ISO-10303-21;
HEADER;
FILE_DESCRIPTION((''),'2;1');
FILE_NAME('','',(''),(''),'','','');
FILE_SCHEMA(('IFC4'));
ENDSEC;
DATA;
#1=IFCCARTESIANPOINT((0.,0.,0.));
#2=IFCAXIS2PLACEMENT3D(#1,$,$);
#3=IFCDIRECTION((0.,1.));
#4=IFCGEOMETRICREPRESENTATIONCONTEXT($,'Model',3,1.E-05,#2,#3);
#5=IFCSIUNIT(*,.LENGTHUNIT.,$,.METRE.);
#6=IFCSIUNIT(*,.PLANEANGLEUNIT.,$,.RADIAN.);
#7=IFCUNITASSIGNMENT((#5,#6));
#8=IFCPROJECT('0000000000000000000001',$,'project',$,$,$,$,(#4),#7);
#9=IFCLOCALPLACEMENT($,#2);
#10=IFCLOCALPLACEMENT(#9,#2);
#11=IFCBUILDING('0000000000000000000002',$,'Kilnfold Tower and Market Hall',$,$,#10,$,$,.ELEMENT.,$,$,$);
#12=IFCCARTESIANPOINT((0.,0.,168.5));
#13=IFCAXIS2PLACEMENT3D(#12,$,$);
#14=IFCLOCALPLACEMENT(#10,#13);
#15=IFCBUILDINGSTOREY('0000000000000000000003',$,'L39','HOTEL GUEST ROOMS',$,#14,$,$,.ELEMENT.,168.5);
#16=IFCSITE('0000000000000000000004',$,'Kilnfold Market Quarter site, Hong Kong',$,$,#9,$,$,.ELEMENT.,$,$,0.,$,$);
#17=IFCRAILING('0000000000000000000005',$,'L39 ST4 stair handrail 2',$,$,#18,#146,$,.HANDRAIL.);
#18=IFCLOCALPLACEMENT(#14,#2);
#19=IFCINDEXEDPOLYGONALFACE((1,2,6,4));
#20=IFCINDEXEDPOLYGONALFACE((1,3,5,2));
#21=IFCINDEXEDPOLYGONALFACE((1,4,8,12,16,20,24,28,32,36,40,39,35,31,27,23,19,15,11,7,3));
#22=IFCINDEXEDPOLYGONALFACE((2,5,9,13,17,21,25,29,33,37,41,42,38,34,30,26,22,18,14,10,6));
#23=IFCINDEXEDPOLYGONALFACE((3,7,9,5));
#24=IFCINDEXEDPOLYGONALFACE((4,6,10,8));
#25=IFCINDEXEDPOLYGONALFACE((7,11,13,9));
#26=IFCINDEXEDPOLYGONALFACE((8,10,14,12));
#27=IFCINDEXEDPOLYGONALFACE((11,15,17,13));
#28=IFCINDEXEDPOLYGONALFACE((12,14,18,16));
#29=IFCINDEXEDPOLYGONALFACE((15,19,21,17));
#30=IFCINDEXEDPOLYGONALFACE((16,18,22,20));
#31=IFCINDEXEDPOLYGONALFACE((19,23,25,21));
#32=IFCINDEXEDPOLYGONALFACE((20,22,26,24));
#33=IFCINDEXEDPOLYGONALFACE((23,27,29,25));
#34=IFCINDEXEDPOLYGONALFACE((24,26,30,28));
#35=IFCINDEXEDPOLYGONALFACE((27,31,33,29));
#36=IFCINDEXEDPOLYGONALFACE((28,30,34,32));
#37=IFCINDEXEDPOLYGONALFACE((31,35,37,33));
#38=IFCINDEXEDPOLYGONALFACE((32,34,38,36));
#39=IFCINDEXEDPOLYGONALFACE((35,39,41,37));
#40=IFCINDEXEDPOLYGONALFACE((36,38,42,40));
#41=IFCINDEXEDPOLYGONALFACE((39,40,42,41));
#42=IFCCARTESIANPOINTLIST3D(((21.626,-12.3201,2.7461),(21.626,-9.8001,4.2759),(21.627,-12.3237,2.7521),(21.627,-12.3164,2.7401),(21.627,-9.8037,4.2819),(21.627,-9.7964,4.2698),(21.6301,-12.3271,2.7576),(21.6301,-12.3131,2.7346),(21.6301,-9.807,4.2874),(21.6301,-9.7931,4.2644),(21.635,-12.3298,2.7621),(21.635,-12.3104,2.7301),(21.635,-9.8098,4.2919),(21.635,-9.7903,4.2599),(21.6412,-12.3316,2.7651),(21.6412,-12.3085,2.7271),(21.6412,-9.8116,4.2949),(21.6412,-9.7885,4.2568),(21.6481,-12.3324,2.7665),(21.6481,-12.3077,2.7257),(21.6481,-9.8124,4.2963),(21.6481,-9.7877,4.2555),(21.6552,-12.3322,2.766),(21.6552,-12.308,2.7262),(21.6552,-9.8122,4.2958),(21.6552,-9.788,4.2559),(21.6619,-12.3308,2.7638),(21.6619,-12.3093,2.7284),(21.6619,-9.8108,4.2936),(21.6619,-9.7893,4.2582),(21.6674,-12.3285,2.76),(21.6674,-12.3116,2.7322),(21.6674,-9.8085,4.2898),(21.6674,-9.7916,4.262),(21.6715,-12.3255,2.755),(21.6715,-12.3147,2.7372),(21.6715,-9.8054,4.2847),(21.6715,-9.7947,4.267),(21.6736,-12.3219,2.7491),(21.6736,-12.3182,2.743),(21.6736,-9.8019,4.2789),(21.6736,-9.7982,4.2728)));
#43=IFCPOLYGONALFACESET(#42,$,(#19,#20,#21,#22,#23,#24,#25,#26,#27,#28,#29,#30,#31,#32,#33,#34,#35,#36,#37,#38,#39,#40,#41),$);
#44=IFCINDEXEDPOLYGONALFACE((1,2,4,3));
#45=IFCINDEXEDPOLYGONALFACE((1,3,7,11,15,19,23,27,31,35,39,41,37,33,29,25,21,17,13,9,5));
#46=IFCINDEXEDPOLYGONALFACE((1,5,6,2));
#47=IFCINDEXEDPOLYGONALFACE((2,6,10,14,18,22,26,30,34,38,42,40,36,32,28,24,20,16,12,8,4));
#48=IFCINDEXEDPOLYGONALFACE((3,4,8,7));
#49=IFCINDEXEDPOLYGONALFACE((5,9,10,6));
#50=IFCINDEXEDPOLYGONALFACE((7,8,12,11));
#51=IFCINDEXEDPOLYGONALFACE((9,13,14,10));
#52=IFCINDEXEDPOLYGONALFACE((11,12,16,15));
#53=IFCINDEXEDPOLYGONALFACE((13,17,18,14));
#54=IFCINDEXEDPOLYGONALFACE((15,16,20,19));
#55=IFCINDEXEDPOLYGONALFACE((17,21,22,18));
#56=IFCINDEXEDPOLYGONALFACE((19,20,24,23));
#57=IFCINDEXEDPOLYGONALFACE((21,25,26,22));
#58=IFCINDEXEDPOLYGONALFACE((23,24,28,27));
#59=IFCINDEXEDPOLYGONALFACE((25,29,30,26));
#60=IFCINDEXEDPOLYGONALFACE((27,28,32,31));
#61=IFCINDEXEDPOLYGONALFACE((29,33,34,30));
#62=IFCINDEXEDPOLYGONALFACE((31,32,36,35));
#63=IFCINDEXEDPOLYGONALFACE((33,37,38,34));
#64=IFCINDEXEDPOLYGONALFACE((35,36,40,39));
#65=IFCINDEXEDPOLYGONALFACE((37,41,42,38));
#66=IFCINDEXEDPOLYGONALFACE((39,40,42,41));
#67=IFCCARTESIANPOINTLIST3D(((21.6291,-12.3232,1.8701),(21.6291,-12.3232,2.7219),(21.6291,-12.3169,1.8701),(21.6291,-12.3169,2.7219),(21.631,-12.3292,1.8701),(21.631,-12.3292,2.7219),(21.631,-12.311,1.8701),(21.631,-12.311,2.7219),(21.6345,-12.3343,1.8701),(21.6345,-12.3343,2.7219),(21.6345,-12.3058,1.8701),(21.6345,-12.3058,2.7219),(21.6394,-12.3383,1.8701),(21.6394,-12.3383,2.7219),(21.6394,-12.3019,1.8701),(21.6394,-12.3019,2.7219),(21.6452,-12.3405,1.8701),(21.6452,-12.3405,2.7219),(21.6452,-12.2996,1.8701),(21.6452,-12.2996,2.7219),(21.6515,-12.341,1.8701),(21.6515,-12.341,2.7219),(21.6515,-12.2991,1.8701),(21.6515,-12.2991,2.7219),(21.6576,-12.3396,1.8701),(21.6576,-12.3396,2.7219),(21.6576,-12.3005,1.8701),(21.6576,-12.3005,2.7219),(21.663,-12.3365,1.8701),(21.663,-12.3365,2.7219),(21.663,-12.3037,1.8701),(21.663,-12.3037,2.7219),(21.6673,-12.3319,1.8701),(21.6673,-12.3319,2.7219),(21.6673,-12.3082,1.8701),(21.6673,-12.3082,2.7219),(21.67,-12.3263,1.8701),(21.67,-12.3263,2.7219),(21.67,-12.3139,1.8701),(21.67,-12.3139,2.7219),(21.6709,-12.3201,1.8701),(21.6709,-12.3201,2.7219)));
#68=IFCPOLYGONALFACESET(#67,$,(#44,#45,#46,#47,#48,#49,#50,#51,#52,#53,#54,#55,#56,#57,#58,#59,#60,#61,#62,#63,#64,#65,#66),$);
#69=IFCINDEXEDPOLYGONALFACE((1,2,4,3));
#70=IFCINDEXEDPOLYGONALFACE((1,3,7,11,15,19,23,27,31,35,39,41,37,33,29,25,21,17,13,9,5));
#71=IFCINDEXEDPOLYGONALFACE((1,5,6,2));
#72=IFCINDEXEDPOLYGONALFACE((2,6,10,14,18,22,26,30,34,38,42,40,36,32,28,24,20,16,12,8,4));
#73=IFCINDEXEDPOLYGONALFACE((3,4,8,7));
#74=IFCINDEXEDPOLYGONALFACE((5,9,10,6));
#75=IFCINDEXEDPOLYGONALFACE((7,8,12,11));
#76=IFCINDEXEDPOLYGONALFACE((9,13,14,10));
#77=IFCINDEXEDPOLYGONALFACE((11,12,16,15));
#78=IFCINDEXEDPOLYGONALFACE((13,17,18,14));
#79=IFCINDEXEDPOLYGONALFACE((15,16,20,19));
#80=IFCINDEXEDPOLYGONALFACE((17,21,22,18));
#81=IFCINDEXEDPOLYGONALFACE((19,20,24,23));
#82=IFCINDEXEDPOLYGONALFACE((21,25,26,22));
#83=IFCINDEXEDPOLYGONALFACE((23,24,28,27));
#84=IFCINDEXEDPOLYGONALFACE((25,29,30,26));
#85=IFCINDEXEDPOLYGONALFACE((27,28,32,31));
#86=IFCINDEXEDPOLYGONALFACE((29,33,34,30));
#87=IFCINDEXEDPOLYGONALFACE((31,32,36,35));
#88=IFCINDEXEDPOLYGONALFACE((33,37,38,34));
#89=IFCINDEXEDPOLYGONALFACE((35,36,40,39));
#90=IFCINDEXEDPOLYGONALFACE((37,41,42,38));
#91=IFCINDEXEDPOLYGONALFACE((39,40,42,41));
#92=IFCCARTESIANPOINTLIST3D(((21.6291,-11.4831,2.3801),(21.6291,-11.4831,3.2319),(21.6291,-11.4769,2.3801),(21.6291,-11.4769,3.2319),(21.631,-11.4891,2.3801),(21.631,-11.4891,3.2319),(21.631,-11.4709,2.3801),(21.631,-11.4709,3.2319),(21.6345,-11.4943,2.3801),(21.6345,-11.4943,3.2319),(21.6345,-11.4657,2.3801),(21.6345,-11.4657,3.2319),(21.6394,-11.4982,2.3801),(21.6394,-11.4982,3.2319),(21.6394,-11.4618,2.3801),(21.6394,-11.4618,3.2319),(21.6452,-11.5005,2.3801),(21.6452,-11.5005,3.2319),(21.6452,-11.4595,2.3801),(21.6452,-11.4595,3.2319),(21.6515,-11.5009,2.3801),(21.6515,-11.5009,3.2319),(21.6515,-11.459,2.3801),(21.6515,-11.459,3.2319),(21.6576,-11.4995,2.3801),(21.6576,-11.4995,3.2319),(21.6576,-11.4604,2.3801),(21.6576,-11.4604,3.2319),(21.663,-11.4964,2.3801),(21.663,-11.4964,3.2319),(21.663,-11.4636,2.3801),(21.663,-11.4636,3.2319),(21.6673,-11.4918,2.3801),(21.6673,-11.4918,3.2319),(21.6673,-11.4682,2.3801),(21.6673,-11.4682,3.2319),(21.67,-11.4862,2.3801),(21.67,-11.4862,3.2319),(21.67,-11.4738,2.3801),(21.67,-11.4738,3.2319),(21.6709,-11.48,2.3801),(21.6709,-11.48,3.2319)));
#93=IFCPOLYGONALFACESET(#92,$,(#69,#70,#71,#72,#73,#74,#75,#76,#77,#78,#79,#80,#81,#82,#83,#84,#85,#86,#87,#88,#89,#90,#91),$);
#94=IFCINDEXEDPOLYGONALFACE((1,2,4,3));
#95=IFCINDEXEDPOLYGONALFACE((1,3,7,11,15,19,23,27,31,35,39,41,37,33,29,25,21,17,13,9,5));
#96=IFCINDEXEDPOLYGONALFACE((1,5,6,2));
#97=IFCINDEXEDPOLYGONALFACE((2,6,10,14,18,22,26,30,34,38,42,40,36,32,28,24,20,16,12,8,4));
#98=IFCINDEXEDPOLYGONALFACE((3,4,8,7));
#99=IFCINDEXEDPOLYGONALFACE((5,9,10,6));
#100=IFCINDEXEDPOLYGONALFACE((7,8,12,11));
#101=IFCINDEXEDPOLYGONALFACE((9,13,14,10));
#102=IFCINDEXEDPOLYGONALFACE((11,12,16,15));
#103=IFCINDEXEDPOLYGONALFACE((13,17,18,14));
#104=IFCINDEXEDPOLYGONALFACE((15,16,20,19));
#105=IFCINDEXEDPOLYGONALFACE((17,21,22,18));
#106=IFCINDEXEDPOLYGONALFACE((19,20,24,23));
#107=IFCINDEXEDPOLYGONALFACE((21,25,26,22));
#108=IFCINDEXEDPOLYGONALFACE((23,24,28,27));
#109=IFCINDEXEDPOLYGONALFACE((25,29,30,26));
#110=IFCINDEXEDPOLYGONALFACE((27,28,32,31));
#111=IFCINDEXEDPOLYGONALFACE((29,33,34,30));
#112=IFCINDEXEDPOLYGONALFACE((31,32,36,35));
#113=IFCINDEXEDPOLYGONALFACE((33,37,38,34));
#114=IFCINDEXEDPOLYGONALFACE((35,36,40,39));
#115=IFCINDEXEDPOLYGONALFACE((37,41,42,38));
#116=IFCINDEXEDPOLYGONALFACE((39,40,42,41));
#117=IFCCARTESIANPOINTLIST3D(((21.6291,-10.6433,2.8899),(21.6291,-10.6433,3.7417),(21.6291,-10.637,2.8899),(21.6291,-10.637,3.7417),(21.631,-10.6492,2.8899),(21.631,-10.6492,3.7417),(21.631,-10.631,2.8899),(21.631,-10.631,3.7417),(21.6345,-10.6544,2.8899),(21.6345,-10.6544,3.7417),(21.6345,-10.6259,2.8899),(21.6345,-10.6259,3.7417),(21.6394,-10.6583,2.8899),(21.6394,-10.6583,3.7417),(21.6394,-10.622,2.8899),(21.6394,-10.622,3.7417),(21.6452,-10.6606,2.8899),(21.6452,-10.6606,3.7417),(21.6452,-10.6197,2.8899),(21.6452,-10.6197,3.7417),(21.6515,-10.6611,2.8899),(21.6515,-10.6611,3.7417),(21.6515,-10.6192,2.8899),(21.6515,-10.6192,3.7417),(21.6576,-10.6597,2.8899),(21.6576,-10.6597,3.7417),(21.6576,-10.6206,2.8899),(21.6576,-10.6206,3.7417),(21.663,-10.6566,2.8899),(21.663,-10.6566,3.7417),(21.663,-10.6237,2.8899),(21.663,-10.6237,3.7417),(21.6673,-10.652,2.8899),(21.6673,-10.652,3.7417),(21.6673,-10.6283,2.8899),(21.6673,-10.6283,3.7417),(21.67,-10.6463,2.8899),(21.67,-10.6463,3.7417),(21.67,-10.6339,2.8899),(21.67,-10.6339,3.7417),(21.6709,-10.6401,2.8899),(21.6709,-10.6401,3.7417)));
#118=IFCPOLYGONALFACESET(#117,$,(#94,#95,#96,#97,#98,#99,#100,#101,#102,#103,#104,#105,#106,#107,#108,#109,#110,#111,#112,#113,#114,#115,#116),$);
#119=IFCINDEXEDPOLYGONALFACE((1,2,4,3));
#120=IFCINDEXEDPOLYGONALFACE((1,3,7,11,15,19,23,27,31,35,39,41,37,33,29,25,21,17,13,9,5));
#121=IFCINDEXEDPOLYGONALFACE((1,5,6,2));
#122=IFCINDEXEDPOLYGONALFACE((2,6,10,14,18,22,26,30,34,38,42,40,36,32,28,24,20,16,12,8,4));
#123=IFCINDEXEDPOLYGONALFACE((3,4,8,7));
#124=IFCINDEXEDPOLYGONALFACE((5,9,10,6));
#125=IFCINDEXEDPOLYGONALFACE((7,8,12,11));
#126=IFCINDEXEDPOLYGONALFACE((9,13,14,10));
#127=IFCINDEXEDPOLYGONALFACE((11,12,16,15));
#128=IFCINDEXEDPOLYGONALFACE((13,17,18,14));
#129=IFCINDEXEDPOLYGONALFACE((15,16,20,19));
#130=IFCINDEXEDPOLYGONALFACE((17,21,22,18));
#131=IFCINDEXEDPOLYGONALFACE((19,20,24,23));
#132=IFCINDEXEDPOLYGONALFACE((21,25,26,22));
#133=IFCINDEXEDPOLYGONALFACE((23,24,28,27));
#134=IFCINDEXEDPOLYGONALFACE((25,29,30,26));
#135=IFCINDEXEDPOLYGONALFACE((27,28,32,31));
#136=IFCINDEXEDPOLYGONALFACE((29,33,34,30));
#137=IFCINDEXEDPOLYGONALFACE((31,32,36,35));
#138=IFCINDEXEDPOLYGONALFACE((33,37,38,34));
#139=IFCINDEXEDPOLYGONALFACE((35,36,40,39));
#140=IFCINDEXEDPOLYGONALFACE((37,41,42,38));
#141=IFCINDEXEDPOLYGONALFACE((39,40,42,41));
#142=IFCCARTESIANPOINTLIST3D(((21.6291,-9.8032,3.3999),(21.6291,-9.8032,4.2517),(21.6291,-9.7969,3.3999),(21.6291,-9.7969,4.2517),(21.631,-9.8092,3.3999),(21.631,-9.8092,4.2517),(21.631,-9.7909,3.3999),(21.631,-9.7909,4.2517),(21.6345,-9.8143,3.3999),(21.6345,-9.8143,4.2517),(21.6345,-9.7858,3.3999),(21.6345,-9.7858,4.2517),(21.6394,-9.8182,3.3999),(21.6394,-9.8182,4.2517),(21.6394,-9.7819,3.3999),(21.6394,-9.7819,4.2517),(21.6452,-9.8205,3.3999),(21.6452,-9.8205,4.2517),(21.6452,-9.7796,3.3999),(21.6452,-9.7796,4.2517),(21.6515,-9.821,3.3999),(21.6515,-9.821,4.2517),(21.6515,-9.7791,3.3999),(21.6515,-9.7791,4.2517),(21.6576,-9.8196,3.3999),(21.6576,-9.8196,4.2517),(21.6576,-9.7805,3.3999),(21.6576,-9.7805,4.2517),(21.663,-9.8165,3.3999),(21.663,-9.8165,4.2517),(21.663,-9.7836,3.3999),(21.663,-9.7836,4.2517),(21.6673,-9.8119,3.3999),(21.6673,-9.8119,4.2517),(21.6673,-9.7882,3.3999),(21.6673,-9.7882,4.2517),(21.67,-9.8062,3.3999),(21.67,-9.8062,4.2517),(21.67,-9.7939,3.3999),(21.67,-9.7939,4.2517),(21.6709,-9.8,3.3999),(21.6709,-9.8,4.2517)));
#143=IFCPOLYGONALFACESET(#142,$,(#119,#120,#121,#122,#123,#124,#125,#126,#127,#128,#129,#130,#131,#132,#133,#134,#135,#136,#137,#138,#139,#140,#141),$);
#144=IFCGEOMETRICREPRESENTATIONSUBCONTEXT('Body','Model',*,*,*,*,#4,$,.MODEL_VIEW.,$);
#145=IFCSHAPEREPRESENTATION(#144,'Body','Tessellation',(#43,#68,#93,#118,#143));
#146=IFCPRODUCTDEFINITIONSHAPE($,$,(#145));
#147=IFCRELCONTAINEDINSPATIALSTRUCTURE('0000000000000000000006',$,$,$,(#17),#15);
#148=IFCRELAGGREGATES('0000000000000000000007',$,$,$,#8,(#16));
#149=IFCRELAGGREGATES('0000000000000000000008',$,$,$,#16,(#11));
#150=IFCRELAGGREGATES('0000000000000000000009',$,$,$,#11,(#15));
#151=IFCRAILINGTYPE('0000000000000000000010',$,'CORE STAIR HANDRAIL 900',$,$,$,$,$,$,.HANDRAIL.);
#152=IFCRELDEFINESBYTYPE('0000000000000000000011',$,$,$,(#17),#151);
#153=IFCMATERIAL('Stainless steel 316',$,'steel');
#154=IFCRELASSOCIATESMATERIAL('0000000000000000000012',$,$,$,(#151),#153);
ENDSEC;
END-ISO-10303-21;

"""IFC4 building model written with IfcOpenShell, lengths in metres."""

from ifc_helpers import new_model, si_unit, direction, frame, origin, origin_2d, place, context, subcontext, project, spatial, circle, extrude, material, type_object, element, save


model = new_model("IFC4")

# Units and contexts
model_context = context("Model", 3, precision=1e-05, world=origin(), true_north=direction((0.0, 1.0)))
body_context = subcontext(model_context, "Body", "Model", "MODEL_VIEW")
ifc_project = project(units=[si_unit("LENGTHUNIT", "METRE"), si_unit("PLANEANGLEUNIT", "RADIAN")], contexts=[model_context])

# Site, building, storey
site_placement = place(None, origin())
site = spatial("IfcSite", under=ifc_project, at=site_placement, Name="Kilnfold Market Quarter site, Hong Kong", CompositionType="ELEMENT", RefElevation=0.0)
building_placement = place(site_placement, origin())
building = spatial("IfcBuilding", under=site, at=building_placement, Name="Kilnfold Tower and Market Hall", CompositionType="ELEMENT")
storey_placement = place(building_placement, frame((0.0, 0.0, 168.5)))
storey = spatial("IfcBuildingStorey", under=building, at=storey_placement, Name="L39", Description="HOTEL GUEST ROOMS", CompositionType="ELEMENT", Elevation=168.5)

# Railing
ifc_material_1 = material(Name="Stainless steel 316", Category="steel")
railing_type_1 = type_object("IfcRailingType", Name="CORE STAIR HANDRAIL 900", PredefinedType="HANDRAIL", material=ifc_material_1)
railing_1_placement = place(storey_placement, frame((21.6499, -12.3201, 1.8701)))
element("IfcRailing", 1, at=railing_1_placement, inside=storey, type_object=railing_type_1, Name="L39 ST4 stair handrail 2", PredefinedType="HANDRAIL", context=body_context, shape_type="SweptSolid", body=[
    extrude(circle(Radius=0.0239, at=origin_2d()), frame((0.0, 0.0, 0.876), z_axis=(0.0, 0.854822, 0.518922), x_axis=(-1.0, 0.0, 0.0)), (0.0, 0.0, 1.0), 2.948),
    extrude(circle(Radius=0.021, at=origin_2d()), origin(), (0.0, 0.0, 1.0), 0.8518),
    extrude(circle(Radius=0.021, at=origin_2d()), frame((0.0, 0.8401, 0.51)), (0.0, 0.0, 1.0), 0.8518),
    extrude(circle(Radius=0.021, at=origin_2d()), frame((0.0, 1.6799, 1.0198)), (0.0, 0.0, 1.0), 0.8518),
    extrude(circle(Radius=0.021, at=origin_2d()), frame((0.0, 2.52, 1.5298)), (0.0, 0.0, 1.0), 0.8518),
])

save(model, "model.ifc")
